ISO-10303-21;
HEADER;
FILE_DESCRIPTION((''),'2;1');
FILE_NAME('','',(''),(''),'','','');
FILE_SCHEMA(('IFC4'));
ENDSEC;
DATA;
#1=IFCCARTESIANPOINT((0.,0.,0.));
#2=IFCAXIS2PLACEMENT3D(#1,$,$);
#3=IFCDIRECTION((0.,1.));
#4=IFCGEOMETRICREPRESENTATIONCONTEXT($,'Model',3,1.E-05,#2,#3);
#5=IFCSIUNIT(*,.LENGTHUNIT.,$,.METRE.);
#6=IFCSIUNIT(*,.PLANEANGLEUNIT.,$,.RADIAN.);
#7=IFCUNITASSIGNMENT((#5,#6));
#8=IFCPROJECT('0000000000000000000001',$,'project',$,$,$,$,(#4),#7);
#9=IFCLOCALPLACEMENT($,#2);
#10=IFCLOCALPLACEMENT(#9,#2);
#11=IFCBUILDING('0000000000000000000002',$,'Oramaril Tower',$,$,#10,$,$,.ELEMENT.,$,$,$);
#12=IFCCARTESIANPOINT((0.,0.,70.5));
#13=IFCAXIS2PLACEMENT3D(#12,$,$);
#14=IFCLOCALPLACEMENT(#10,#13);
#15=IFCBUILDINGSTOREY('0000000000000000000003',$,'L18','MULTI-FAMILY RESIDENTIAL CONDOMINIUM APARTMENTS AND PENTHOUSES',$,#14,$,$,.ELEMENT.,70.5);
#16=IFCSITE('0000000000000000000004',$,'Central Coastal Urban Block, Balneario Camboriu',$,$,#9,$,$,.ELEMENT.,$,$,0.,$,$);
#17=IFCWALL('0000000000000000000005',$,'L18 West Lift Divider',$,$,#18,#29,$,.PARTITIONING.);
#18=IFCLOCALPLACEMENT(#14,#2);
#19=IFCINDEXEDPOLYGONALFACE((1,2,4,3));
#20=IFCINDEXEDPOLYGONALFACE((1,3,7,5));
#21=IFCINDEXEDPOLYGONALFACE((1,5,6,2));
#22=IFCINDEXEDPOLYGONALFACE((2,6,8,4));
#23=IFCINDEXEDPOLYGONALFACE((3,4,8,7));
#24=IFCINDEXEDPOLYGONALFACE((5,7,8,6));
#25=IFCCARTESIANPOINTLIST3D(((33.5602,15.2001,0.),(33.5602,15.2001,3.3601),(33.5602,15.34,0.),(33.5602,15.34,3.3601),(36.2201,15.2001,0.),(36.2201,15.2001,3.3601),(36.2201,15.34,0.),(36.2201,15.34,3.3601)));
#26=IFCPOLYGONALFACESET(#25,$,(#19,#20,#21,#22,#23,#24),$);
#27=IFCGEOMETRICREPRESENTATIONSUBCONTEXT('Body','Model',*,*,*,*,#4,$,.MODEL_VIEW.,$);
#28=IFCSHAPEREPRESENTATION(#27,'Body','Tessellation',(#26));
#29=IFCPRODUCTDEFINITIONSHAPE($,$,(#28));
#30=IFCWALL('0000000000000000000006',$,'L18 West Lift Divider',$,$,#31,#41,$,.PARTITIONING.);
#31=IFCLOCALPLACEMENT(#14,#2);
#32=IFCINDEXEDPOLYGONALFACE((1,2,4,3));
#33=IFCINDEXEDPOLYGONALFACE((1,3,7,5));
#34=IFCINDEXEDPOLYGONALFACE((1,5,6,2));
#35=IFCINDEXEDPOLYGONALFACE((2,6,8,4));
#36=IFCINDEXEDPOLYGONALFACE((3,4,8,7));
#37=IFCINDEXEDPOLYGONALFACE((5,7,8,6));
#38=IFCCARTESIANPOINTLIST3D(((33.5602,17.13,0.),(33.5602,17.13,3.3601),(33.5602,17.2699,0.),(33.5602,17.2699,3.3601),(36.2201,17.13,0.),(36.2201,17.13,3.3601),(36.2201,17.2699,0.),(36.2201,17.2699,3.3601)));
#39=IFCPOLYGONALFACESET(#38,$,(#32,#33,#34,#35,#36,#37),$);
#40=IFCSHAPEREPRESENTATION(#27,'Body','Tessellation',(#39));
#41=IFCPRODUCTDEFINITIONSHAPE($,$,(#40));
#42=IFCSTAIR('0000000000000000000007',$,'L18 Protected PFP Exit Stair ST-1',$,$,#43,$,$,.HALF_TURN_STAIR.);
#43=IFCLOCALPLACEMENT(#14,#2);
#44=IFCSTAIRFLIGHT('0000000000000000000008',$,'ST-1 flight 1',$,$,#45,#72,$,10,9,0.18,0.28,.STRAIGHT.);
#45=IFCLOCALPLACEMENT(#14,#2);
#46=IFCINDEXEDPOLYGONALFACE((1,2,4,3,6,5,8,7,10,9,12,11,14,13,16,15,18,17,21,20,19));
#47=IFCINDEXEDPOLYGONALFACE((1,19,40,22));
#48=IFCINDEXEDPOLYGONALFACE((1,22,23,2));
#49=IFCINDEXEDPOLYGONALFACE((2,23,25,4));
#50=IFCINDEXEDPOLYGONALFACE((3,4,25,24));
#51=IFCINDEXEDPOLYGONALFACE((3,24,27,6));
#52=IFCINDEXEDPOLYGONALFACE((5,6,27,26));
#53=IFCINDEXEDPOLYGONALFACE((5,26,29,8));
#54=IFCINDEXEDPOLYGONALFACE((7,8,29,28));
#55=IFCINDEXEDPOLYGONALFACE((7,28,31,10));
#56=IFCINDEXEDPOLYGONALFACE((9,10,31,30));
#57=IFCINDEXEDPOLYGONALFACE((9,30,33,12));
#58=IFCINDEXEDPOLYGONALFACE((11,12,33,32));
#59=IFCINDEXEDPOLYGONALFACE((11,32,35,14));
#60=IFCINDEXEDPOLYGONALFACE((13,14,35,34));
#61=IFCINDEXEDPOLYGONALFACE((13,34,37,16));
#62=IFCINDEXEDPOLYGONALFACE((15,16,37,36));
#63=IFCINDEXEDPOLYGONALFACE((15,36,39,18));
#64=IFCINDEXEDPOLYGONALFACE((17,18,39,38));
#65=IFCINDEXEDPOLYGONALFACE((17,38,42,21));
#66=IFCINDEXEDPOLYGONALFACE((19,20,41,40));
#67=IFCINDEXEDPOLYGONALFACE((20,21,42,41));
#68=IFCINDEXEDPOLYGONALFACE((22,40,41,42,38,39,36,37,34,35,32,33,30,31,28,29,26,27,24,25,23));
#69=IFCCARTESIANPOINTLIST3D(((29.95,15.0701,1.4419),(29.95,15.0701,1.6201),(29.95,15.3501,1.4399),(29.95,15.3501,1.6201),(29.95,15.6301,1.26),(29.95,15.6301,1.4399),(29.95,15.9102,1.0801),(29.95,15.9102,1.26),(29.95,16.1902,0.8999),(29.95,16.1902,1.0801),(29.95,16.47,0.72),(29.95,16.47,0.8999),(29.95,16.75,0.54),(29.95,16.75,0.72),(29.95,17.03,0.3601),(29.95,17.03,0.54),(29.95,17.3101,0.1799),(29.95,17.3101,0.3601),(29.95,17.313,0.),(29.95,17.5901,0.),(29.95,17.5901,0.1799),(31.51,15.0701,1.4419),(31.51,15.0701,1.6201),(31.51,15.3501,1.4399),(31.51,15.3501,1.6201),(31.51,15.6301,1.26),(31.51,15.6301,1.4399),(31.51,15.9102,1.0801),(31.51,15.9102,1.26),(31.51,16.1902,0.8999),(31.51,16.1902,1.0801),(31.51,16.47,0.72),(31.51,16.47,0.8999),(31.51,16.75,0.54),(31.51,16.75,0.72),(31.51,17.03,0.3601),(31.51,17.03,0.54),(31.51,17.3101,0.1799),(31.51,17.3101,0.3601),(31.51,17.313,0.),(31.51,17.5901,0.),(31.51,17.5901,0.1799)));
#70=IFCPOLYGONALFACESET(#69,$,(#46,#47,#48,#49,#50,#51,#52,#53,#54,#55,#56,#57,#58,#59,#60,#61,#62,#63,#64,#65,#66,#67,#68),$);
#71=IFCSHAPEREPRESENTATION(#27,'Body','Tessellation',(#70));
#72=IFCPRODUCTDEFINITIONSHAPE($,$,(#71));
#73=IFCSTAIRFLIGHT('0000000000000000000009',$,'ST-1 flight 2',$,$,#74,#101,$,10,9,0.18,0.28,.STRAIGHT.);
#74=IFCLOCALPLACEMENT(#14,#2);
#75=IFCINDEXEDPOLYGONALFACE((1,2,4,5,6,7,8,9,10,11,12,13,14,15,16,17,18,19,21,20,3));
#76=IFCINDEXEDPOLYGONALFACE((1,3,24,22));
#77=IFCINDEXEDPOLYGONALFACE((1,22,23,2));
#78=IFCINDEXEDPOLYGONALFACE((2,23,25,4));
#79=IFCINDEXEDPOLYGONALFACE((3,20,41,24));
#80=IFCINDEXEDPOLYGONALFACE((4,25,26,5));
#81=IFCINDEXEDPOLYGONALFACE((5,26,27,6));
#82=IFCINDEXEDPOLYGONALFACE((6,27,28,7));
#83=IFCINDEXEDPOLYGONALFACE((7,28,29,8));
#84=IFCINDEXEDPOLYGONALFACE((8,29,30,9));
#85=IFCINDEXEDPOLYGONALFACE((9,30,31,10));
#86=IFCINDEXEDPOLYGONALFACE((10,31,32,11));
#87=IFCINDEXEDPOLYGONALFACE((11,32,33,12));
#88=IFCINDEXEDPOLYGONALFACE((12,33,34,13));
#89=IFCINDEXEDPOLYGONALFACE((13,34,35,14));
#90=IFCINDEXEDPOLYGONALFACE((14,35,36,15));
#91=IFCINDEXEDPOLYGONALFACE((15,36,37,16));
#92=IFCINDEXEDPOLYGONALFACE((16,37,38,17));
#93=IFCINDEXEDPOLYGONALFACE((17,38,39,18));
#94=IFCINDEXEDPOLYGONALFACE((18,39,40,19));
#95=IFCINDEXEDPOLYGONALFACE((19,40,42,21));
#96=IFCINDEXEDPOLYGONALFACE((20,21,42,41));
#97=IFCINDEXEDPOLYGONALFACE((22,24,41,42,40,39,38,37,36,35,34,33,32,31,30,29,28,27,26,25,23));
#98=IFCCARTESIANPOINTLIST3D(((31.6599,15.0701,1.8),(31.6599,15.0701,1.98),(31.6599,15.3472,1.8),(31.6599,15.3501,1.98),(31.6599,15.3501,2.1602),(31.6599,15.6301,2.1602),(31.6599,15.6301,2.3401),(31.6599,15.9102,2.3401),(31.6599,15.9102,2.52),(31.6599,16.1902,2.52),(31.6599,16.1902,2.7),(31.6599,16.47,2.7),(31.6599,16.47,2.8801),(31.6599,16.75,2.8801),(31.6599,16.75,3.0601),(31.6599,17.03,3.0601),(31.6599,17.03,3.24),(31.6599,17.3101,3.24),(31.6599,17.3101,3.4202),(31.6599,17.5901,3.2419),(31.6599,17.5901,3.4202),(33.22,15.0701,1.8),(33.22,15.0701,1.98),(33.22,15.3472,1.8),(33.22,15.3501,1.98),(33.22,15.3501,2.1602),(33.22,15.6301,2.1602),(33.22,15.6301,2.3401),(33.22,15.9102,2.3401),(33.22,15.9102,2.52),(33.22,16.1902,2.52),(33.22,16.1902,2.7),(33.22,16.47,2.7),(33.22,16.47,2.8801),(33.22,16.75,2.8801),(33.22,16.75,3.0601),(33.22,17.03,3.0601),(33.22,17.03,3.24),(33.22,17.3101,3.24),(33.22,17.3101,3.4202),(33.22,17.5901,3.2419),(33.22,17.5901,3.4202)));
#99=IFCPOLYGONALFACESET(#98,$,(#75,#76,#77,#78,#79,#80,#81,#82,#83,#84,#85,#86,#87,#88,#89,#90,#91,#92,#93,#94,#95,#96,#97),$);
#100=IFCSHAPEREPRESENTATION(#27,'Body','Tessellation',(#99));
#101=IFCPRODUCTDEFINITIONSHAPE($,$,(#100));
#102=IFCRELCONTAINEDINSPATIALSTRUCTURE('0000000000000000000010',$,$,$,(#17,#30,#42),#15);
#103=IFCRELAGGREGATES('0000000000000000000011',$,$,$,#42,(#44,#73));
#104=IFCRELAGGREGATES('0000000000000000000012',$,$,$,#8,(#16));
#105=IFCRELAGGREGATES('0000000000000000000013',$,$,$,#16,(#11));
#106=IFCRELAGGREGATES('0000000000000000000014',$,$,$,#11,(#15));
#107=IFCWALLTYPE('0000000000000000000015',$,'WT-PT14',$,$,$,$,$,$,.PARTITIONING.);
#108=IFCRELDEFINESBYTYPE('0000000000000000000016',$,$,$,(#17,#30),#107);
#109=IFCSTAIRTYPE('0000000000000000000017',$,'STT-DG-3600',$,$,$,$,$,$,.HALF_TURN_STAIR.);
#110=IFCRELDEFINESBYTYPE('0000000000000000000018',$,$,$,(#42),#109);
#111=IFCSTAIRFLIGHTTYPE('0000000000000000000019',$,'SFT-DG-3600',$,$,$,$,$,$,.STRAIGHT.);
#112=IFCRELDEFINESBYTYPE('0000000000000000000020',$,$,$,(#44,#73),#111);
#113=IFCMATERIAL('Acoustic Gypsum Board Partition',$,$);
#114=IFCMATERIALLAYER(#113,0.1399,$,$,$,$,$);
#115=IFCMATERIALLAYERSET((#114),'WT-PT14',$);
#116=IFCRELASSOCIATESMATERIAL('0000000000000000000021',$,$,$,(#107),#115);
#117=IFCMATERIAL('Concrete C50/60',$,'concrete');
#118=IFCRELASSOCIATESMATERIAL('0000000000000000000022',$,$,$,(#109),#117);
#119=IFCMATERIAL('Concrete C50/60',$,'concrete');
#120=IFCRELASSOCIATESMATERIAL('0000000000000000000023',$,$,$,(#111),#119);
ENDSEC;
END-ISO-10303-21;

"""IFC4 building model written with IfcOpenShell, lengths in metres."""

from ifc_helpers import new_model, si_unit, direction, frame, frame_2d, origin, place, context, subcontext, project, spatial, polyline, rectangle, outline, extrude, material, layer, layer_set, type_object, element, aggregate, save


model = new_model("IFC4")

# Units and contexts
model_context = context("Model", 3, precision=1e-05, world=origin(), true_north=direction((0.0, 1.0)))
body_context = subcontext(model_context, "Body", "Model", "MODEL_VIEW")
ifc_project = project(units=[si_unit("LENGTHUNIT", "METRE"), si_unit("PLANEANGLEUNIT", "RADIAN")], contexts=[model_context])

# Site, building, storey
site_placement = place(None, origin())
site = spatial("IfcSite", under=ifc_project, at=site_placement, Name="Central Coastal Urban Block, Balneario Camboriu", CompositionType="ELEMENT", RefElevation=0.0)
building_placement = place(site_placement, origin())
building = spatial("IfcBuilding", under=site, at=building_placement, Name="Oramaril Tower", CompositionType="ELEMENT")
storey_placement = place(building_placement, frame((0.0, 0.0, 70.5)))
storey = spatial("IfcBuildingStorey", under=building, at=storey_placement, Name="L18", Description="MULTI-FAMILY RESIDENTIAL CONDOMINIUM APARTMENTS AND PENTHOUSES", CompositionType="ELEMENT", Elevation=70.5)

# Walls
ifc_material_1 = material(Name="Acoustic Gypsum Board Partition")
ifc_layer_1 = layer(ifc_material_1, 0.1399)
ifc_layer_set_1 = layer_set([ifc_layer_1], Name="WT-PT14")
wall_type_1 = type_object("IfcWallType", Name="WT-PT14", PredefinedType="PARTITIONING", material=ifc_layer_set_1)
for number, where, z_axis, x_axis, name in (
    (1, (33.5601, 15.27, 0.0), (0.0, 0.0, 1.0), (1.0, 0.0, 0.0), "L18 West Lift Divider"),
    (2, (33.5601, 17.2, 0.0), (0.0, 0.0, 1.0), (1.0, 0.0, 0.0), "L18 West Lift Divider"),
):
    element("IfcWall", number, at=place(storey_placement, frame(where, z_axis=z_axis, x_axis=x_axis)), inside=storey, type_object=wall_type_1, Name=name, PredefinedType="PARTITIONING", context=body_context, shape_type="SweptSolid", body=[
        extrude(rectangle(XDim=2.6599, YDim=0.1399, at=frame_2d((1.3301, 0.0))), origin(), (0.0, 0.0, 1.0), 3.3601),
    ])

# Stair, stair flights
ifc_material_2 = material(Name="Concrete C50/60", Category="concrete")
stair_type = type_object("IfcStairType", Name="STT-DG-3600", PredefinedType="HALF_TURN_STAIR", material=ifc_material_2)
stair_placement = place(storey_placement, origin())
stair = element("IfcStair", 3, at=stair_placement, inside=storey, type_object=stair_type, Name="L18 Protected PFP Exit Stair ST-1", PredefinedType="HALF_TURN_STAIR")
ifc_material_3 = material(Name="Concrete C50/60", Category="concrete")
stair_flight_type = type_object("IfcStairFlightType", Name="SFT-DG-3600", PredefinedType="STRAIGHT", material=ifc_material_3)
stair_flight_1_placement = place(storey_placement, frame((30.73, 17.5901, 0.0), z_axis=(0.0, 0.0, 1.0), x_axis=(0.0, -1.0, 0.0)))
stair_flight_1 = element("IfcStairFlight", 4, at=stair_flight_1_placement, type_object=stair_flight_type, Name="ST-1 flight 1", NumberOfRisers=10, NumberOfTreads=9, PredefinedType="STRAIGHT", RiserHeight=0.18, TreadLength=0.28, context=body_context, shape_type="SweptSolid", body=[
    extrude(outline(polyline([(0.0, 0.0), (0.0, 0.1799), (0.28, 0.1799), (0.28, 0.3601), (0.5601, 0.3601), (0.5601, 0.54), (0.8401, 0.54), (0.8401, 0.72), (1.1201, 0.72), (1.1201, 0.8999), (1.3999, 0.8999), (1.3999, 1.0801), (1.6799, 1.0801), (1.6799, 1.26), (1.96, 1.26), (1.96, 1.4399), (2.24, 1.4399), (2.24, 1.6201), (2.52, 1.6201), (2.52, 1.8), (2.52, 1.4419), (0.2771, 0.0), (0.0, 0.0)])), frame((0.0, 0.78, 0.0), z_axis=(0.0, -1.0, 0.0), x_axis=(1.0, 0.0, 0.0)), (0.0, 0.0, 1.0), 1.5601),
])
stair_flight_2_placement = place(storey_placement, frame((32.4399, 15.0701, 1.8), z_axis=(0.0, 0.0, 1.0), x_axis=(0.0, 1.0, 0.0)))
stair_flight_2 = element("IfcStairFlight", 5, at=stair_flight_2_placement, type_object=stair_flight_type, Name="ST-1 flight 2", NumberOfRisers=10, NumberOfTreads=9, PredefinedType="STRAIGHT", RiserHeight=0.18, TreadLength=0.28, context=body_context, shape_type="SweptSolid", body=[
    extrude(outline(polyline([(0.0, 0.0), (0.0, 0.1799), (0.28, 0.1799), (0.28, 0.3601), (0.5601, 0.3601), (0.5601, 0.54), (0.8401, 0.54), (0.8401, 0.72), (1.1201, 0.72), (1.1201, 0.8999), (1.3999, 0.8999), (1.3999, 1.0801), (1.6799, 1.0801), (1.6799, 1.26), (1.96, 1.26), (1.96, 1.4399), (2.24, 1.4399), (2.24, 1.6201), (2.52, 1.6201), (2.52, 1.8), (2.52, 1.4419), (0.2771, 0.0), (0.0, 0.0)])), frame((0.0, 0.78, 0.0), z_axis=(0.0, -1.0, 0.0), x_axis=(1.0, 0.0, 0.0)), (0.0, 0.0, 1.0), 1.5601),
])
aggregate(stair, [stair_flight_1, stair_flight_2])

save(model, "model.ifc")
